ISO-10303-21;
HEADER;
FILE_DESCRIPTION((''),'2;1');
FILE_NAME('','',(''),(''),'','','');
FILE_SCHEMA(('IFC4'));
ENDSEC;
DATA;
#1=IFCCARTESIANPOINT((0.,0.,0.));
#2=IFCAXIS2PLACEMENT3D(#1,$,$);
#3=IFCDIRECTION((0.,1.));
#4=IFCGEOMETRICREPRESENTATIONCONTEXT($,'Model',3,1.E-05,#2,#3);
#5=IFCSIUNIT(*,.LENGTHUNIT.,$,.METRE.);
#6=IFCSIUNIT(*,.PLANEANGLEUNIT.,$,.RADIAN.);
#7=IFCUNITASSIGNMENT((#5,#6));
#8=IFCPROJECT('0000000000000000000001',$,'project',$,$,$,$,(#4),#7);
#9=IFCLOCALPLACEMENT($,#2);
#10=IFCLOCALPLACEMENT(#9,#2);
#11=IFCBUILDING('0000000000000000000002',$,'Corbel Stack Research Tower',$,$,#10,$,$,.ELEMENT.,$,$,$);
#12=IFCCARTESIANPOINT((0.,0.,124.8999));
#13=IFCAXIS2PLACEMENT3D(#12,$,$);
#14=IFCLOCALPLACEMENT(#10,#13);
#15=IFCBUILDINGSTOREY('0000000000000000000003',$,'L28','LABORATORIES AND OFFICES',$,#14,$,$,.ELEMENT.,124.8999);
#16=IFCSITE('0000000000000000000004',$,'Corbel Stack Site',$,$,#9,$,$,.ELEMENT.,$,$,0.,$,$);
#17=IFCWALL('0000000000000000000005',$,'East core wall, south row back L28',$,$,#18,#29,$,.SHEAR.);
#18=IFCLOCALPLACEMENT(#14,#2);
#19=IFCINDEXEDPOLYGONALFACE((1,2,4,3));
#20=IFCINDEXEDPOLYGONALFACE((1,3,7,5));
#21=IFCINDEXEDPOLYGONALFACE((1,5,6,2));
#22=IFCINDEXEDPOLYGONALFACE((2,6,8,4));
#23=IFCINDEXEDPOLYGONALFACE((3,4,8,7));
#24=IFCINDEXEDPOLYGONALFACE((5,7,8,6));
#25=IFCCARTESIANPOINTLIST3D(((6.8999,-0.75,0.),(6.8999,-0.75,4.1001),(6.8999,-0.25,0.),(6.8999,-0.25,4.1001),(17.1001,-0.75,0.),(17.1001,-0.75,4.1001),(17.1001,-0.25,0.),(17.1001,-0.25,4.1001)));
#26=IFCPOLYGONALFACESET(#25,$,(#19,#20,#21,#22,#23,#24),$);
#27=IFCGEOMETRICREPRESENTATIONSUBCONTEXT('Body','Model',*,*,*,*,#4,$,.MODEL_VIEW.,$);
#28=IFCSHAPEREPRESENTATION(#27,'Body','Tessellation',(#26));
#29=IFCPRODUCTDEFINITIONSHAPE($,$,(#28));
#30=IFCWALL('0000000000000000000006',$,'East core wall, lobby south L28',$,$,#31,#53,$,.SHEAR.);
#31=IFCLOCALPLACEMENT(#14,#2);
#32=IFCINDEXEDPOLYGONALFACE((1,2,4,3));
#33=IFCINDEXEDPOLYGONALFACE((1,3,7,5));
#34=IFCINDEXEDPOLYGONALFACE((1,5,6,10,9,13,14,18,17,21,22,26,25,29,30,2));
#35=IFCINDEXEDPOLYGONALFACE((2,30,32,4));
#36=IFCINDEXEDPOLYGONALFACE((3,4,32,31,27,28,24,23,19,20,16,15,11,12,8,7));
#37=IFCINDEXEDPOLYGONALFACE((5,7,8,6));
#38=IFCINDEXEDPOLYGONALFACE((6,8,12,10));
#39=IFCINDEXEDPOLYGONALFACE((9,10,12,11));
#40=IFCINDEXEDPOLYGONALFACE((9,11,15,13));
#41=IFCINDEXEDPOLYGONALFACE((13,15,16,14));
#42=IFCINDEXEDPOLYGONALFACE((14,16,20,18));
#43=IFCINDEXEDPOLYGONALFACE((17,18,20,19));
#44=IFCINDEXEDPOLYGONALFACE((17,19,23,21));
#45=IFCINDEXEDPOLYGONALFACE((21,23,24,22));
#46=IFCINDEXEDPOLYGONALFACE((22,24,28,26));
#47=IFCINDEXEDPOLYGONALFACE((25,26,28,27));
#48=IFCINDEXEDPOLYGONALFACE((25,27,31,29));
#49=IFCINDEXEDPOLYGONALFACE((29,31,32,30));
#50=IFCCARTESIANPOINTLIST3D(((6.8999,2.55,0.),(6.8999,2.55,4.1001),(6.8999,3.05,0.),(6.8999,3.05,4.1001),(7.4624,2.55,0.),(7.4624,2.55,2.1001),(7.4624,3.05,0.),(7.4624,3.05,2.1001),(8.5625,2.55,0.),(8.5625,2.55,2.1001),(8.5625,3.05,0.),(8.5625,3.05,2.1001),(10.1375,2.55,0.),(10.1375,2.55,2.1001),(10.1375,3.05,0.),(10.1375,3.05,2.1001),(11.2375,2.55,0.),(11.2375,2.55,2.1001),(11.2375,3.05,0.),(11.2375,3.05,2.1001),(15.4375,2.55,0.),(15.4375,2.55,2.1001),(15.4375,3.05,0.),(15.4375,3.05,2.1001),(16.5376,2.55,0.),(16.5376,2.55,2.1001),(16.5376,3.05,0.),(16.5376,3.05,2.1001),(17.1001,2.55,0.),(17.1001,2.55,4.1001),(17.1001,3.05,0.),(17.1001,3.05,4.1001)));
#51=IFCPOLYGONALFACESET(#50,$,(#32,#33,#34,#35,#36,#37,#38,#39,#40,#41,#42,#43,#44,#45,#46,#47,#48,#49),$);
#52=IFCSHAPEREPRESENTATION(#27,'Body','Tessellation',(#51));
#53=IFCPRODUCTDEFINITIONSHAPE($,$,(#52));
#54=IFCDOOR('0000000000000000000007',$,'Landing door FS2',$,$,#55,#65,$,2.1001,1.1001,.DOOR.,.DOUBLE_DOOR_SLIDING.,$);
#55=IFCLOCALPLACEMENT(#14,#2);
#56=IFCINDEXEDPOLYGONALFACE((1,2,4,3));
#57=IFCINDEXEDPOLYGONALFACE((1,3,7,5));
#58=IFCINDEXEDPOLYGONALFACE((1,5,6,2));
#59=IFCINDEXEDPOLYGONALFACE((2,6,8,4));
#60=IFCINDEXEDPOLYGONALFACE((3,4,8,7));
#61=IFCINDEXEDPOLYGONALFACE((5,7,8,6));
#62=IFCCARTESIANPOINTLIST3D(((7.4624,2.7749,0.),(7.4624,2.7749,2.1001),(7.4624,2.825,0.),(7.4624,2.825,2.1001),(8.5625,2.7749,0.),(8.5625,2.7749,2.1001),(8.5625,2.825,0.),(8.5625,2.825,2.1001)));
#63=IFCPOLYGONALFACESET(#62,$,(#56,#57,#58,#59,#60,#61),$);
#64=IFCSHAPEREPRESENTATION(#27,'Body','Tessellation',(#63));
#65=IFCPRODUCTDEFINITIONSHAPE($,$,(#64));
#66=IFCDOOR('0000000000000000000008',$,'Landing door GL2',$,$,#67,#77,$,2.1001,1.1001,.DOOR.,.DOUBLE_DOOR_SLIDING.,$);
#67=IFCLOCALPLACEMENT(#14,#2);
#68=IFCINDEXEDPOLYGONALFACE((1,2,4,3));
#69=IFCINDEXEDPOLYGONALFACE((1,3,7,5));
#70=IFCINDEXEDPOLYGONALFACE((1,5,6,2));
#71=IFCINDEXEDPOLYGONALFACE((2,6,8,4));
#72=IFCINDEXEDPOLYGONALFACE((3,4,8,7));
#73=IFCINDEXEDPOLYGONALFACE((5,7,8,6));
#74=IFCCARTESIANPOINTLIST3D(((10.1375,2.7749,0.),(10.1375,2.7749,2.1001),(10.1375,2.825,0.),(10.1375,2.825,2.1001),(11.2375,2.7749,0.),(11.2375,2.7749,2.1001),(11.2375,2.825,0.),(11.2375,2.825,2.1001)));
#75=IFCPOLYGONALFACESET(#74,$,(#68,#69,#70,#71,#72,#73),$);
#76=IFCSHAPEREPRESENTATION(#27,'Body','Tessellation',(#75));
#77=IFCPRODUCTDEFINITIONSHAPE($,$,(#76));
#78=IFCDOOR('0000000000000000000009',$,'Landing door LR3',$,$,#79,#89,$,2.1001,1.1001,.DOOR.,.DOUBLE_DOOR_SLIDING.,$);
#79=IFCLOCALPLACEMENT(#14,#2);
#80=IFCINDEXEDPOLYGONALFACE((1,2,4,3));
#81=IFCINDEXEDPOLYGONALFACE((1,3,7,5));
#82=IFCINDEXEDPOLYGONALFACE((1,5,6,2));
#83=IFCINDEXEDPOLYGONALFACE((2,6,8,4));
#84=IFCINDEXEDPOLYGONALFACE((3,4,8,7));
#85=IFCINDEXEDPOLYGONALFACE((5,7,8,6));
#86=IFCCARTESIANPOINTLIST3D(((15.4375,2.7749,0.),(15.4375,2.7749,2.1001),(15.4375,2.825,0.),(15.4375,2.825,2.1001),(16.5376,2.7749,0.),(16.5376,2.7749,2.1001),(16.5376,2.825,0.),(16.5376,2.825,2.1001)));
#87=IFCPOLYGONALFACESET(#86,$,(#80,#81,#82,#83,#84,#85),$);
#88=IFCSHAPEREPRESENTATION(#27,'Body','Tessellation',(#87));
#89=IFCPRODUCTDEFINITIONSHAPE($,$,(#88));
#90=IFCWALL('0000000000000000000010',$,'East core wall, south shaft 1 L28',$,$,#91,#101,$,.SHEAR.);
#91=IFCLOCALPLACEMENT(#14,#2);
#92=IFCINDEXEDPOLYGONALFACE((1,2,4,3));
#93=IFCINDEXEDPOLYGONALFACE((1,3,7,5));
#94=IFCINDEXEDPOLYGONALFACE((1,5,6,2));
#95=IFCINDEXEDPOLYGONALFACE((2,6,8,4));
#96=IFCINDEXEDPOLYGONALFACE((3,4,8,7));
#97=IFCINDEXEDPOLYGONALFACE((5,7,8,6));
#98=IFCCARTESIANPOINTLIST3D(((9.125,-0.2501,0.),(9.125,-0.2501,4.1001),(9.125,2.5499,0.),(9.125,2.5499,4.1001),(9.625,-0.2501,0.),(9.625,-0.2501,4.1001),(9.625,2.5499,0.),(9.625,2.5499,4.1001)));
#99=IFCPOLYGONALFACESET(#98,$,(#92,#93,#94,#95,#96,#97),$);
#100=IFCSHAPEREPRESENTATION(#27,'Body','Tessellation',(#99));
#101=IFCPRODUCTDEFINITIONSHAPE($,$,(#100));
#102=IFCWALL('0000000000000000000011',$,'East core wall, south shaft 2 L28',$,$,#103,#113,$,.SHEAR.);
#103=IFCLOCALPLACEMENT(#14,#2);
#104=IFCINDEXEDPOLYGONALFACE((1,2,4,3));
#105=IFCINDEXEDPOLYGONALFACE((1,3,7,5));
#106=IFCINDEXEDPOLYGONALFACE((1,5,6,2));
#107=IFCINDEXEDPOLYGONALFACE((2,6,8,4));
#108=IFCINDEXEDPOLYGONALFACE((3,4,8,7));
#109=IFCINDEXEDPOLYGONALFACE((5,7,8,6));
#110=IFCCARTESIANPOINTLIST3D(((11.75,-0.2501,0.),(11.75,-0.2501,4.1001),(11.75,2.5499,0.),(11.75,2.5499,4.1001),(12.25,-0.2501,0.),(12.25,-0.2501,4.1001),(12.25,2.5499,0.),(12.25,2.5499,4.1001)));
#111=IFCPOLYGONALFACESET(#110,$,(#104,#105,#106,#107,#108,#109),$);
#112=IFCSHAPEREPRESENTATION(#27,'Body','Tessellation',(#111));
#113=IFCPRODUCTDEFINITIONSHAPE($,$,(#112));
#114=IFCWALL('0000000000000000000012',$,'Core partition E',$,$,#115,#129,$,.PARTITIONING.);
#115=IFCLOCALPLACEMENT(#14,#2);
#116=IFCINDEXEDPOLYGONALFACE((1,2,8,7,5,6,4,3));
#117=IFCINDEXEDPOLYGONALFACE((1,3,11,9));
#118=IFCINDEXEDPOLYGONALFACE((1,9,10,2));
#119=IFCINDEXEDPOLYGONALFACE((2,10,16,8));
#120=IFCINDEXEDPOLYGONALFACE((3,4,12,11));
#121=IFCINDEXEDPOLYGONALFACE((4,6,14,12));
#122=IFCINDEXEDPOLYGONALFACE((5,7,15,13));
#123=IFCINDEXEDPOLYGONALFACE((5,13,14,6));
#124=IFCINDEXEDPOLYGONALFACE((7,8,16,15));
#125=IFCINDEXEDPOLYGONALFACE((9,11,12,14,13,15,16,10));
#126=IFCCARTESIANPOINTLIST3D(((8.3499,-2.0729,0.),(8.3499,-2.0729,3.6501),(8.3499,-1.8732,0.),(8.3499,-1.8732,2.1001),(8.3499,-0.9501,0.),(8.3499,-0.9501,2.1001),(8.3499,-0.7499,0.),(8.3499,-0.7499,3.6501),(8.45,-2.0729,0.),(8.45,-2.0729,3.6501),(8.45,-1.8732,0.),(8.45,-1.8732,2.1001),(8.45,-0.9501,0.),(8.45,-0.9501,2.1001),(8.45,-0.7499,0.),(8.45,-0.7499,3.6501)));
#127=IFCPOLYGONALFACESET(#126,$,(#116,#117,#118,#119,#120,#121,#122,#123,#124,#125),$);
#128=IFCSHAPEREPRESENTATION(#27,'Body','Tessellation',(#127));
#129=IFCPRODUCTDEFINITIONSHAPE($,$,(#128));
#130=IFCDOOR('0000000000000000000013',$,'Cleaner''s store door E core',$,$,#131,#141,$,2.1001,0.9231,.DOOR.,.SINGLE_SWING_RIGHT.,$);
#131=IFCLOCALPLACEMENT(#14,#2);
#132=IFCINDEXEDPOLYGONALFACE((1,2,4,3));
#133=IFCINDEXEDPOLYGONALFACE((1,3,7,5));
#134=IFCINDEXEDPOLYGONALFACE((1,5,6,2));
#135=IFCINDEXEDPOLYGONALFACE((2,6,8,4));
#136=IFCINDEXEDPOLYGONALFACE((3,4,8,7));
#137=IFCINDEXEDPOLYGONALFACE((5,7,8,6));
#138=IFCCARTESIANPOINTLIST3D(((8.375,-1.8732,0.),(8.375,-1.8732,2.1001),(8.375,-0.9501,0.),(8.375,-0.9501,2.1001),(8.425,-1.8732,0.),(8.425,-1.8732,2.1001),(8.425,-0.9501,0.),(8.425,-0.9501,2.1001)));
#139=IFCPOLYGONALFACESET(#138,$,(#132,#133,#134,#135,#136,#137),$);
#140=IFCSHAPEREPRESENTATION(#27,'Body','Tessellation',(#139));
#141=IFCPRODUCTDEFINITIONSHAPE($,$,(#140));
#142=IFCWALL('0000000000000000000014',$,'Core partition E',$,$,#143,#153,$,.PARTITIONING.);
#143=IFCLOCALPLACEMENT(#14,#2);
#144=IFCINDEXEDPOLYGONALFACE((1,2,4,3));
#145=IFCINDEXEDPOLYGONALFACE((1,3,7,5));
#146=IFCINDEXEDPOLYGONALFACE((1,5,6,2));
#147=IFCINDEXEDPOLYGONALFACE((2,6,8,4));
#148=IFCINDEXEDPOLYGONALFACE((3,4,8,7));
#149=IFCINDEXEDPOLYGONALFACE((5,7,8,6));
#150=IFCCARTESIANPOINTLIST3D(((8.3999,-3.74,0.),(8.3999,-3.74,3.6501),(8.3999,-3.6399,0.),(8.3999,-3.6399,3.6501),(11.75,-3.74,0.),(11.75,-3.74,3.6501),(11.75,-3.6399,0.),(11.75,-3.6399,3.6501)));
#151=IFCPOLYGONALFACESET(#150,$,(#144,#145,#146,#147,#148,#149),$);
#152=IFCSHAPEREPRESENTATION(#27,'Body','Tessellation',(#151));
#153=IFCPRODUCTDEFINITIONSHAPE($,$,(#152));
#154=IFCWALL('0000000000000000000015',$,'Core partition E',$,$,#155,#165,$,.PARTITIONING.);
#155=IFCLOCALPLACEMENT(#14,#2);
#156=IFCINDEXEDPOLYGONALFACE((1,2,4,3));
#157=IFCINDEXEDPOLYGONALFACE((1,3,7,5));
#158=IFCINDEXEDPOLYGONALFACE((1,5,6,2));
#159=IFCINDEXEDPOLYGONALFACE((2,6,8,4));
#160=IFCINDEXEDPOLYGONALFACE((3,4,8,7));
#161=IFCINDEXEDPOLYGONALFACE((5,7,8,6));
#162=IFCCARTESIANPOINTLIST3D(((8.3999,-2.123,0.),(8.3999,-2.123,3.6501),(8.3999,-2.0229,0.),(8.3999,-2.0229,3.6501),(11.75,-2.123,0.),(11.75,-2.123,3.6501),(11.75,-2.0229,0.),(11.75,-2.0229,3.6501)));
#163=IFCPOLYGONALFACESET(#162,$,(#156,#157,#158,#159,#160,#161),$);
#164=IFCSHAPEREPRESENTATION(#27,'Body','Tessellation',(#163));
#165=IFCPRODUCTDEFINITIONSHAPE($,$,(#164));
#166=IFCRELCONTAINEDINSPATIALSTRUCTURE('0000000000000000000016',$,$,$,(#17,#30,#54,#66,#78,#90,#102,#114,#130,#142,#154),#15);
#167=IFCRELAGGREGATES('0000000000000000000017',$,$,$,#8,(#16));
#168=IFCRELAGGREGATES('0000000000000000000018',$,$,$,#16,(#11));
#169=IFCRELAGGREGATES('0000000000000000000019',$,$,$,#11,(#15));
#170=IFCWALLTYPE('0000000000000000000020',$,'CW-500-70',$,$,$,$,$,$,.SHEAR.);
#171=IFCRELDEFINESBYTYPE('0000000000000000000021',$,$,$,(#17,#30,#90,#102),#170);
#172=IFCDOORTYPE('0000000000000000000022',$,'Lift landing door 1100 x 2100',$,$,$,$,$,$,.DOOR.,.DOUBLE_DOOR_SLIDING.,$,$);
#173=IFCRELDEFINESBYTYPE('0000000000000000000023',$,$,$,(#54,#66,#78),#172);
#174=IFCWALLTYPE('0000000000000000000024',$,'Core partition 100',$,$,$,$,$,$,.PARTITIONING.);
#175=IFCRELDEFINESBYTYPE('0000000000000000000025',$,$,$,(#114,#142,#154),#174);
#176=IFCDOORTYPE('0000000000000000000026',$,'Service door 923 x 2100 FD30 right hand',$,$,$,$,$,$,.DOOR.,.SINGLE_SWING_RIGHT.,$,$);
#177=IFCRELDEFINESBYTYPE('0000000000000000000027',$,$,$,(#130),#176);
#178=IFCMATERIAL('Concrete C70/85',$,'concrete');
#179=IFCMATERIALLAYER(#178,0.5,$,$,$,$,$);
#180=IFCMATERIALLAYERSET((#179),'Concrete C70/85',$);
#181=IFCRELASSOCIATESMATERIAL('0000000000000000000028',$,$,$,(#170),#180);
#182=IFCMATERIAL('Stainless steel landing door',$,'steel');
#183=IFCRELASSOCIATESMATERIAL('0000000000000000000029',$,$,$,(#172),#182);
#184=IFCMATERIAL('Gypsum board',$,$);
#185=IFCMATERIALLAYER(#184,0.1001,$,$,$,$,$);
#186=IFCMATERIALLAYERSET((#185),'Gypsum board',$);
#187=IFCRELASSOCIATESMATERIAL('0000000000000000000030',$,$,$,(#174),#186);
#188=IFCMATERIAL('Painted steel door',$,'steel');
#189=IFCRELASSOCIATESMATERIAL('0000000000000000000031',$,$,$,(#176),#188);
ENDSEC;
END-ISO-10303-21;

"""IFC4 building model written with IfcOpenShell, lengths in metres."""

from ifc_helpers import new_model, si_unit, direction, frame, frame_2d, origin, place, context, subcontext, project, spatial, rectangle, extrude, material, layer, layer_set, type_object, element, fill, save


model = new_model("IFC4")

# Units and contexts
model_context = context("Model", 3, precision=1e-05, world=origin(), true_north=direction((0.0, 1.0)))
body_context = subcontext(model_context, "Body", "Model", "MODEL_VIEW")
ifc_project = project(units=[si_unit("LENGTHUNIT", "METRE"), si_unit("PLANEANGLEUNIT", "RADIAN")], contexts=[model_context])

# Site, building, storey
site_placement = place(None, origin())
site = spatial("IfcSite", under=ifc_project, at=site_placement, Name="Corbel Stack Site", CompositionType="ELEMENT", RefElevation=0.0)
building_placement = place(site_placement, origin())
building = spatial("IfcBuilding", under=site, at=building_placement, Name="Corbel Stack Research Tower", CompositionType="ELEMENT")
storey_placement = place(building_placement, frame((0.0, 0.0, 124.8999)))
storey = spatial("IfcBuildingStorey", under=building, at=storey_placement, Name="L28", Description="LABORATORIES AND OFFICES", CompositionType="ELEMENT", Elevation=124.8999)

# Wall
ifc_material_1 = material(Name="Concrete C70/85", Category="concrete")
ifc_layer_1 = layer(ifc_material_1, 0.5)
ifc_layer_set_1 = layer_set([ifc_layer_1], Name="Concrete C70/85")
wall_type_1 = type_object("IfcWallType", Name="CW-500-70", PredefinedType="SHEAR", material=ifc_layer_set_1)
wall_1_placement = place(storey_placement, frame((6.8999, -0.5, 0.0), z_axis=(0.0, 0.0, 1.0), x_axis=(1.0, 0.0, 0.0)))
element("IfcWall", 1, at=wall_1_placement, inside=storey, type_object=wall_type_1, Name="East core wall, south row back L28", PredefinedType="SHEAR", context=body_context, shape_type="SweptSolid", body=[
    extrude(rectangle(XDim=10.2002, YDim=0.5, at=frame_2d((5.1001, 0.0))), origin(), (0.0, 0.0, 1.0), 4.1001),
])

# Wall, openings, doors
wall_2_placement = place(storey_placement, frame((6.8999, 2.8, 0.0), z_axis=(0.0, 0.0, 1.0), x_axis=(1.0, 0.0, 0.0)))
wall_2 = element("IfcWall", 2, at=wall_2_placement, inside=storey, type_object=wall_type_1, Name="East core wall, lobby south L28", PredefinedType="SHEAR", context=body_context, shape_type="SweptSolid", body=[
    extrude(rectangle(XDim=10.2002, YDim=0.5, at=frame_2d((5.1001, 0.0))), origin(), (0.0, 0.0, 1.0), 4.1001),
])
opening_1_placement = place(wall_2_placement, frame((0.5625, 0.0, 0.0)))
opening_1 = element("IfcOpeningElement", 3, at=opening_1_placement, cuts=wall_2, PredefinedType="OPENING", context=body_context, shape_type="SweptSolid", body=[
    extrude(rectangle(XDim=1.1001, YDim=2.1001, at=frame_2d((0.55, 1.05))), frame((0.0, 0.26, 0.0), z_axis=(0.0, -1.0, 0.0), x_axis=(1.0, 0.0, 0.0)), (0.0, 0.0, 1.0), 0.52),
])
opening_2_placement = place(wall_2_placement, frame((3.2375, 0.0, 0.0)))
opening_2 = element("IfcOpeningElement", 4, at=opening_2_placement, cuts=wall_2, PredefinedType="OPENING", context=body_context, shape_type="SweptSolid", body=[
    extrude(rectangle(XDim=1.1001, YDim=2.1001, at=frame_2d((0.55, 1.05))), frame((0.0, 0.26, 0.0), z_axis=(0.0, -1.0, 0.0), x_axis=(1.0, 0.0, 0.0)), (0.0, 0.0, 1.0), 0.52),
])
opening_3_placement = place(wall_2_placement, frame((8.5376, 0.0, 0.0)))
opening_3 = element("IfcOpeningElement", 5, at=opening_3_placement, cuts=wall_2, PredefinedType="OPENING", context=body_context, shape_type="SweptSolid", body=[
    extrude(rectangle(XDim=1.1001, YDim=2.1001, at=frame_2d((0.55, 1.05))), frame((0.0, 0.26, 0.0), z_axis=(0.0, -1.0, 0.0), x_axis=(1.0, 0.0, 0.0)), (0.0, 0.0, 1.0), 0.52),
])
ifc_material_2 = material(Name="Stainless steel landing door", Category="steel")
door_type_1 = type_object("IfcDoorType", Name="Lift landing door 1100 x 2100", OperationType="DOUBLE_DOOR_SLIDING", PredefinedType="DOOR", material=ifc_material_2)
door_1_placement = place(opening_1_placement, origin())
door_1 = element("IfcDoor", 6, at=door_1_placement, inside=storey, type_object=door_type_1, Name="Landing door FS2", OperationType="DOUBLE_DOOR_SLIDING", OverallHeight=2.1001, OverallWidth=1.1001, PredefinedType="DOOR", context=body_context, shape_type="SweptSolid", body=[
    extrude(rectangle(XDim=1.1001, YDim=2.1001, at=frame_2d((0.55, 1.05))), frame((0.0, 0.0249, 0.0), z_axis=(0.0, -1.0, 0.0), x_axis=(1.0, 0.0, 0.0)), (0.0, 0.0, 1.0), 0.05),
])
fill(opening_1, door_1)
door_2_placement = place(opening_2_placement, origin())
door_2 = element("IfcDoor", 7, at=door_2_placement, inside=storey, type_object=door_type_1, Name="Landing door GL2", OperationType="DOUBLE_DOOR_SLIDING", OverallHeight=2.1001, OverallWidth=1.1001, PredefinedType="DOOR", context=body_context, shape_type="SweptSolid", body=[
    extrude(rectangle(XDim=1.1001, YDim=2.1001, at=frame_2d((0.55, 1.05))), frame((0.0, 0.0249, 0.0), z_axis=(0.0, -1.0, 0.0), x_axis=(1.0, 0.0, 0.0)), (0.0, 0.0, 1.0), 0.05),
])
fill(opening_2, door_2)
door_3_placement = place(opening_3_placement, origin())
door_3 = element("IfcDoor", 8, at=door_3_placement, inside=storey, type_object=door_type_1, Name="Landing door LR3", OperationType="DOUBLE_DOOR_SLIDING", OverallHeight=2.1001, OverallWidth=1.1001, PredefinedType="DOOR", context=body_context, shape_type="SweptSolid", body=[
    extrude(rectangle(XDim=1.1001, YDim=2.1001, at=frame_2d((0.55, 1.05))), frame((0.0, 0.0249, 0.0), z_axis=(0.0, -1.0, 0.0), x_axis=(1.0, 0.0, 0.0)), (0.0, 0.0, 1.0), 0.05),
])
fill(opening_3, door_3)

# Walls
for number, where, z_axis, x_axis, name in (
    (9, (9.375, -0.25, 0.0), (0.0, 0.0, 1.0), (0.0, 1.0, 0.0), "East core wall, south shaft 1 L28"),
    (10, (12.0, -0.25, 0.0), (0.0, 0.0, 1.0), (0.0, 1.0, 0.0), "East core wall, south shaft 2 L28"),
):
    element("IfcWall", number, at=place(storey_placement, frame(where, z_axis=z_axis, x_axis=x_axis)), inside=storey, type_object=wall_type_1, Name=name, PredefinedType="SHEAR", context=body_context, shape_type="SweptSolid", body=[
        extrude(rectangle(XDim=2.8, YDim=0.5, at=frame_2d((1.3999, 0.0))), origin(), (0.0, 0.0, 1.0), 4.1001),
    ])

# Wall, opening, door
ifc_material_3 = material(Name="Gypsum board")
ifc_layer_2 = layer(ifc_material_3, 0.1001)
ifc_layer_set_2 = layer_set([ifc_layer_2], Name="Gypsum board")
wall_type_2 = type_object("IfcWallType", Name="Core partition 100", PredefinedType="PARTITIONING", material=ifc_layer_set_2)
wall_3_placement = place(storey_placement, frame((8.3999, -2.073, 0.0), z_axis=(0.0, 0.0, 1.0), x_axis=(0.0, 1.0, 0.0)))
wall_3 = element("IfcWall", 11, at=wall_3_placement, inside=storey, type_object=wall_type_2, Name="Core partition E", PredefinedType="PARTITIONING", context=body_context, shape_type="SweptSolid", body=[
    extrude(rectangle(XDim=1.323, YDim=0.1001, at=frame_2d((0.6616, 0.0))), origin(), (0.0, 0.0, 1.0), 3.6501),
])
opening_4_placement = place(wall_3_placement, frame((0.2, 0.0, 0.0)))
opening_4 = element("IfcOpeningElement", 12, at=opening_4_placement, cuts=wall_3, PredefinedType="OPENING", context=body_context, shape_type="SweptSolid", body=[
    extrude(rectangle(XDim=0.9231, YDim=2.1001, at=frame_2d((0.4614, 1.05))), frame((0.0, 0.0601, 0.0), z_axis=(0.0, -1.0, 0.0), x_axis=(1.0, 0.0, 0.0)), (0.0, 0.0, 1.0), 0.1201),
])
ifc_material_4 = material(Name="Painted steel door", Category="steel")
door_type_2 = type_object("IfcDoorType", Name="Service door 923 x 2100 FD30 right hand", OperationType="SINGLE_SWING_RIGHT", PredefinedType="DOOR", material=ifc_material_4)
door_4_placement = place(opening_4_placement, origin())
door_4 = element("IfcDoor", 13, at=door_4_placement, inside=storey, type_object=door_type_2, Name="Cleaner's store door E core", OperationType="SINGLE_SWING_RIGHT", OverallHeight=2.1001, OverallWidth=0.9231, PredefinedType="DOOR", context=body_context, shape_type="SweptSolid", body=[
    extrude(rectangle(XDim=0.9231, YDim=2.1001, at=frame_2d((0.4614, 1.05))), frame((0.0, 0.0249, 0.0), z_axis=(0.0, -1.0, 0.0), x_axis=(1.0, 0.0, 0.0)), (0.0, 0.0, 1.0), 0.05),
])
fill(opening_4, door_4)

# Walls
for number, where, z_axis, x_axis, name in (
    (14, (8.3999, -3.6899, 0.0), (0.0, 0.0, 1.0), (1.0, 0.0, 0.0), "Core partition E"),
    (15, (8.3999, -2.073, 0.0), (0.0, 0.0, 1.0), (1.0, 0.0, 0.0), "Core partition E"),
):
    element("IfcWall", number, at=place(storey_placement, frame(where, z_axis=z_axis, x_axis=x_axis)), inside=storey, type_object=wall_type_2, Name=name, PredefinedType="PARTITIONING", context=body_context, shape_type="SweptSolid", body=[
        extrude(rectangle(XDim=3.3501, YDim=0.1001, at=frame_2d((1.675, 0.0))), origin(), (0.0, 0.0, 1.0), 3.6501),
    ])

save(model, "model.ifc")
